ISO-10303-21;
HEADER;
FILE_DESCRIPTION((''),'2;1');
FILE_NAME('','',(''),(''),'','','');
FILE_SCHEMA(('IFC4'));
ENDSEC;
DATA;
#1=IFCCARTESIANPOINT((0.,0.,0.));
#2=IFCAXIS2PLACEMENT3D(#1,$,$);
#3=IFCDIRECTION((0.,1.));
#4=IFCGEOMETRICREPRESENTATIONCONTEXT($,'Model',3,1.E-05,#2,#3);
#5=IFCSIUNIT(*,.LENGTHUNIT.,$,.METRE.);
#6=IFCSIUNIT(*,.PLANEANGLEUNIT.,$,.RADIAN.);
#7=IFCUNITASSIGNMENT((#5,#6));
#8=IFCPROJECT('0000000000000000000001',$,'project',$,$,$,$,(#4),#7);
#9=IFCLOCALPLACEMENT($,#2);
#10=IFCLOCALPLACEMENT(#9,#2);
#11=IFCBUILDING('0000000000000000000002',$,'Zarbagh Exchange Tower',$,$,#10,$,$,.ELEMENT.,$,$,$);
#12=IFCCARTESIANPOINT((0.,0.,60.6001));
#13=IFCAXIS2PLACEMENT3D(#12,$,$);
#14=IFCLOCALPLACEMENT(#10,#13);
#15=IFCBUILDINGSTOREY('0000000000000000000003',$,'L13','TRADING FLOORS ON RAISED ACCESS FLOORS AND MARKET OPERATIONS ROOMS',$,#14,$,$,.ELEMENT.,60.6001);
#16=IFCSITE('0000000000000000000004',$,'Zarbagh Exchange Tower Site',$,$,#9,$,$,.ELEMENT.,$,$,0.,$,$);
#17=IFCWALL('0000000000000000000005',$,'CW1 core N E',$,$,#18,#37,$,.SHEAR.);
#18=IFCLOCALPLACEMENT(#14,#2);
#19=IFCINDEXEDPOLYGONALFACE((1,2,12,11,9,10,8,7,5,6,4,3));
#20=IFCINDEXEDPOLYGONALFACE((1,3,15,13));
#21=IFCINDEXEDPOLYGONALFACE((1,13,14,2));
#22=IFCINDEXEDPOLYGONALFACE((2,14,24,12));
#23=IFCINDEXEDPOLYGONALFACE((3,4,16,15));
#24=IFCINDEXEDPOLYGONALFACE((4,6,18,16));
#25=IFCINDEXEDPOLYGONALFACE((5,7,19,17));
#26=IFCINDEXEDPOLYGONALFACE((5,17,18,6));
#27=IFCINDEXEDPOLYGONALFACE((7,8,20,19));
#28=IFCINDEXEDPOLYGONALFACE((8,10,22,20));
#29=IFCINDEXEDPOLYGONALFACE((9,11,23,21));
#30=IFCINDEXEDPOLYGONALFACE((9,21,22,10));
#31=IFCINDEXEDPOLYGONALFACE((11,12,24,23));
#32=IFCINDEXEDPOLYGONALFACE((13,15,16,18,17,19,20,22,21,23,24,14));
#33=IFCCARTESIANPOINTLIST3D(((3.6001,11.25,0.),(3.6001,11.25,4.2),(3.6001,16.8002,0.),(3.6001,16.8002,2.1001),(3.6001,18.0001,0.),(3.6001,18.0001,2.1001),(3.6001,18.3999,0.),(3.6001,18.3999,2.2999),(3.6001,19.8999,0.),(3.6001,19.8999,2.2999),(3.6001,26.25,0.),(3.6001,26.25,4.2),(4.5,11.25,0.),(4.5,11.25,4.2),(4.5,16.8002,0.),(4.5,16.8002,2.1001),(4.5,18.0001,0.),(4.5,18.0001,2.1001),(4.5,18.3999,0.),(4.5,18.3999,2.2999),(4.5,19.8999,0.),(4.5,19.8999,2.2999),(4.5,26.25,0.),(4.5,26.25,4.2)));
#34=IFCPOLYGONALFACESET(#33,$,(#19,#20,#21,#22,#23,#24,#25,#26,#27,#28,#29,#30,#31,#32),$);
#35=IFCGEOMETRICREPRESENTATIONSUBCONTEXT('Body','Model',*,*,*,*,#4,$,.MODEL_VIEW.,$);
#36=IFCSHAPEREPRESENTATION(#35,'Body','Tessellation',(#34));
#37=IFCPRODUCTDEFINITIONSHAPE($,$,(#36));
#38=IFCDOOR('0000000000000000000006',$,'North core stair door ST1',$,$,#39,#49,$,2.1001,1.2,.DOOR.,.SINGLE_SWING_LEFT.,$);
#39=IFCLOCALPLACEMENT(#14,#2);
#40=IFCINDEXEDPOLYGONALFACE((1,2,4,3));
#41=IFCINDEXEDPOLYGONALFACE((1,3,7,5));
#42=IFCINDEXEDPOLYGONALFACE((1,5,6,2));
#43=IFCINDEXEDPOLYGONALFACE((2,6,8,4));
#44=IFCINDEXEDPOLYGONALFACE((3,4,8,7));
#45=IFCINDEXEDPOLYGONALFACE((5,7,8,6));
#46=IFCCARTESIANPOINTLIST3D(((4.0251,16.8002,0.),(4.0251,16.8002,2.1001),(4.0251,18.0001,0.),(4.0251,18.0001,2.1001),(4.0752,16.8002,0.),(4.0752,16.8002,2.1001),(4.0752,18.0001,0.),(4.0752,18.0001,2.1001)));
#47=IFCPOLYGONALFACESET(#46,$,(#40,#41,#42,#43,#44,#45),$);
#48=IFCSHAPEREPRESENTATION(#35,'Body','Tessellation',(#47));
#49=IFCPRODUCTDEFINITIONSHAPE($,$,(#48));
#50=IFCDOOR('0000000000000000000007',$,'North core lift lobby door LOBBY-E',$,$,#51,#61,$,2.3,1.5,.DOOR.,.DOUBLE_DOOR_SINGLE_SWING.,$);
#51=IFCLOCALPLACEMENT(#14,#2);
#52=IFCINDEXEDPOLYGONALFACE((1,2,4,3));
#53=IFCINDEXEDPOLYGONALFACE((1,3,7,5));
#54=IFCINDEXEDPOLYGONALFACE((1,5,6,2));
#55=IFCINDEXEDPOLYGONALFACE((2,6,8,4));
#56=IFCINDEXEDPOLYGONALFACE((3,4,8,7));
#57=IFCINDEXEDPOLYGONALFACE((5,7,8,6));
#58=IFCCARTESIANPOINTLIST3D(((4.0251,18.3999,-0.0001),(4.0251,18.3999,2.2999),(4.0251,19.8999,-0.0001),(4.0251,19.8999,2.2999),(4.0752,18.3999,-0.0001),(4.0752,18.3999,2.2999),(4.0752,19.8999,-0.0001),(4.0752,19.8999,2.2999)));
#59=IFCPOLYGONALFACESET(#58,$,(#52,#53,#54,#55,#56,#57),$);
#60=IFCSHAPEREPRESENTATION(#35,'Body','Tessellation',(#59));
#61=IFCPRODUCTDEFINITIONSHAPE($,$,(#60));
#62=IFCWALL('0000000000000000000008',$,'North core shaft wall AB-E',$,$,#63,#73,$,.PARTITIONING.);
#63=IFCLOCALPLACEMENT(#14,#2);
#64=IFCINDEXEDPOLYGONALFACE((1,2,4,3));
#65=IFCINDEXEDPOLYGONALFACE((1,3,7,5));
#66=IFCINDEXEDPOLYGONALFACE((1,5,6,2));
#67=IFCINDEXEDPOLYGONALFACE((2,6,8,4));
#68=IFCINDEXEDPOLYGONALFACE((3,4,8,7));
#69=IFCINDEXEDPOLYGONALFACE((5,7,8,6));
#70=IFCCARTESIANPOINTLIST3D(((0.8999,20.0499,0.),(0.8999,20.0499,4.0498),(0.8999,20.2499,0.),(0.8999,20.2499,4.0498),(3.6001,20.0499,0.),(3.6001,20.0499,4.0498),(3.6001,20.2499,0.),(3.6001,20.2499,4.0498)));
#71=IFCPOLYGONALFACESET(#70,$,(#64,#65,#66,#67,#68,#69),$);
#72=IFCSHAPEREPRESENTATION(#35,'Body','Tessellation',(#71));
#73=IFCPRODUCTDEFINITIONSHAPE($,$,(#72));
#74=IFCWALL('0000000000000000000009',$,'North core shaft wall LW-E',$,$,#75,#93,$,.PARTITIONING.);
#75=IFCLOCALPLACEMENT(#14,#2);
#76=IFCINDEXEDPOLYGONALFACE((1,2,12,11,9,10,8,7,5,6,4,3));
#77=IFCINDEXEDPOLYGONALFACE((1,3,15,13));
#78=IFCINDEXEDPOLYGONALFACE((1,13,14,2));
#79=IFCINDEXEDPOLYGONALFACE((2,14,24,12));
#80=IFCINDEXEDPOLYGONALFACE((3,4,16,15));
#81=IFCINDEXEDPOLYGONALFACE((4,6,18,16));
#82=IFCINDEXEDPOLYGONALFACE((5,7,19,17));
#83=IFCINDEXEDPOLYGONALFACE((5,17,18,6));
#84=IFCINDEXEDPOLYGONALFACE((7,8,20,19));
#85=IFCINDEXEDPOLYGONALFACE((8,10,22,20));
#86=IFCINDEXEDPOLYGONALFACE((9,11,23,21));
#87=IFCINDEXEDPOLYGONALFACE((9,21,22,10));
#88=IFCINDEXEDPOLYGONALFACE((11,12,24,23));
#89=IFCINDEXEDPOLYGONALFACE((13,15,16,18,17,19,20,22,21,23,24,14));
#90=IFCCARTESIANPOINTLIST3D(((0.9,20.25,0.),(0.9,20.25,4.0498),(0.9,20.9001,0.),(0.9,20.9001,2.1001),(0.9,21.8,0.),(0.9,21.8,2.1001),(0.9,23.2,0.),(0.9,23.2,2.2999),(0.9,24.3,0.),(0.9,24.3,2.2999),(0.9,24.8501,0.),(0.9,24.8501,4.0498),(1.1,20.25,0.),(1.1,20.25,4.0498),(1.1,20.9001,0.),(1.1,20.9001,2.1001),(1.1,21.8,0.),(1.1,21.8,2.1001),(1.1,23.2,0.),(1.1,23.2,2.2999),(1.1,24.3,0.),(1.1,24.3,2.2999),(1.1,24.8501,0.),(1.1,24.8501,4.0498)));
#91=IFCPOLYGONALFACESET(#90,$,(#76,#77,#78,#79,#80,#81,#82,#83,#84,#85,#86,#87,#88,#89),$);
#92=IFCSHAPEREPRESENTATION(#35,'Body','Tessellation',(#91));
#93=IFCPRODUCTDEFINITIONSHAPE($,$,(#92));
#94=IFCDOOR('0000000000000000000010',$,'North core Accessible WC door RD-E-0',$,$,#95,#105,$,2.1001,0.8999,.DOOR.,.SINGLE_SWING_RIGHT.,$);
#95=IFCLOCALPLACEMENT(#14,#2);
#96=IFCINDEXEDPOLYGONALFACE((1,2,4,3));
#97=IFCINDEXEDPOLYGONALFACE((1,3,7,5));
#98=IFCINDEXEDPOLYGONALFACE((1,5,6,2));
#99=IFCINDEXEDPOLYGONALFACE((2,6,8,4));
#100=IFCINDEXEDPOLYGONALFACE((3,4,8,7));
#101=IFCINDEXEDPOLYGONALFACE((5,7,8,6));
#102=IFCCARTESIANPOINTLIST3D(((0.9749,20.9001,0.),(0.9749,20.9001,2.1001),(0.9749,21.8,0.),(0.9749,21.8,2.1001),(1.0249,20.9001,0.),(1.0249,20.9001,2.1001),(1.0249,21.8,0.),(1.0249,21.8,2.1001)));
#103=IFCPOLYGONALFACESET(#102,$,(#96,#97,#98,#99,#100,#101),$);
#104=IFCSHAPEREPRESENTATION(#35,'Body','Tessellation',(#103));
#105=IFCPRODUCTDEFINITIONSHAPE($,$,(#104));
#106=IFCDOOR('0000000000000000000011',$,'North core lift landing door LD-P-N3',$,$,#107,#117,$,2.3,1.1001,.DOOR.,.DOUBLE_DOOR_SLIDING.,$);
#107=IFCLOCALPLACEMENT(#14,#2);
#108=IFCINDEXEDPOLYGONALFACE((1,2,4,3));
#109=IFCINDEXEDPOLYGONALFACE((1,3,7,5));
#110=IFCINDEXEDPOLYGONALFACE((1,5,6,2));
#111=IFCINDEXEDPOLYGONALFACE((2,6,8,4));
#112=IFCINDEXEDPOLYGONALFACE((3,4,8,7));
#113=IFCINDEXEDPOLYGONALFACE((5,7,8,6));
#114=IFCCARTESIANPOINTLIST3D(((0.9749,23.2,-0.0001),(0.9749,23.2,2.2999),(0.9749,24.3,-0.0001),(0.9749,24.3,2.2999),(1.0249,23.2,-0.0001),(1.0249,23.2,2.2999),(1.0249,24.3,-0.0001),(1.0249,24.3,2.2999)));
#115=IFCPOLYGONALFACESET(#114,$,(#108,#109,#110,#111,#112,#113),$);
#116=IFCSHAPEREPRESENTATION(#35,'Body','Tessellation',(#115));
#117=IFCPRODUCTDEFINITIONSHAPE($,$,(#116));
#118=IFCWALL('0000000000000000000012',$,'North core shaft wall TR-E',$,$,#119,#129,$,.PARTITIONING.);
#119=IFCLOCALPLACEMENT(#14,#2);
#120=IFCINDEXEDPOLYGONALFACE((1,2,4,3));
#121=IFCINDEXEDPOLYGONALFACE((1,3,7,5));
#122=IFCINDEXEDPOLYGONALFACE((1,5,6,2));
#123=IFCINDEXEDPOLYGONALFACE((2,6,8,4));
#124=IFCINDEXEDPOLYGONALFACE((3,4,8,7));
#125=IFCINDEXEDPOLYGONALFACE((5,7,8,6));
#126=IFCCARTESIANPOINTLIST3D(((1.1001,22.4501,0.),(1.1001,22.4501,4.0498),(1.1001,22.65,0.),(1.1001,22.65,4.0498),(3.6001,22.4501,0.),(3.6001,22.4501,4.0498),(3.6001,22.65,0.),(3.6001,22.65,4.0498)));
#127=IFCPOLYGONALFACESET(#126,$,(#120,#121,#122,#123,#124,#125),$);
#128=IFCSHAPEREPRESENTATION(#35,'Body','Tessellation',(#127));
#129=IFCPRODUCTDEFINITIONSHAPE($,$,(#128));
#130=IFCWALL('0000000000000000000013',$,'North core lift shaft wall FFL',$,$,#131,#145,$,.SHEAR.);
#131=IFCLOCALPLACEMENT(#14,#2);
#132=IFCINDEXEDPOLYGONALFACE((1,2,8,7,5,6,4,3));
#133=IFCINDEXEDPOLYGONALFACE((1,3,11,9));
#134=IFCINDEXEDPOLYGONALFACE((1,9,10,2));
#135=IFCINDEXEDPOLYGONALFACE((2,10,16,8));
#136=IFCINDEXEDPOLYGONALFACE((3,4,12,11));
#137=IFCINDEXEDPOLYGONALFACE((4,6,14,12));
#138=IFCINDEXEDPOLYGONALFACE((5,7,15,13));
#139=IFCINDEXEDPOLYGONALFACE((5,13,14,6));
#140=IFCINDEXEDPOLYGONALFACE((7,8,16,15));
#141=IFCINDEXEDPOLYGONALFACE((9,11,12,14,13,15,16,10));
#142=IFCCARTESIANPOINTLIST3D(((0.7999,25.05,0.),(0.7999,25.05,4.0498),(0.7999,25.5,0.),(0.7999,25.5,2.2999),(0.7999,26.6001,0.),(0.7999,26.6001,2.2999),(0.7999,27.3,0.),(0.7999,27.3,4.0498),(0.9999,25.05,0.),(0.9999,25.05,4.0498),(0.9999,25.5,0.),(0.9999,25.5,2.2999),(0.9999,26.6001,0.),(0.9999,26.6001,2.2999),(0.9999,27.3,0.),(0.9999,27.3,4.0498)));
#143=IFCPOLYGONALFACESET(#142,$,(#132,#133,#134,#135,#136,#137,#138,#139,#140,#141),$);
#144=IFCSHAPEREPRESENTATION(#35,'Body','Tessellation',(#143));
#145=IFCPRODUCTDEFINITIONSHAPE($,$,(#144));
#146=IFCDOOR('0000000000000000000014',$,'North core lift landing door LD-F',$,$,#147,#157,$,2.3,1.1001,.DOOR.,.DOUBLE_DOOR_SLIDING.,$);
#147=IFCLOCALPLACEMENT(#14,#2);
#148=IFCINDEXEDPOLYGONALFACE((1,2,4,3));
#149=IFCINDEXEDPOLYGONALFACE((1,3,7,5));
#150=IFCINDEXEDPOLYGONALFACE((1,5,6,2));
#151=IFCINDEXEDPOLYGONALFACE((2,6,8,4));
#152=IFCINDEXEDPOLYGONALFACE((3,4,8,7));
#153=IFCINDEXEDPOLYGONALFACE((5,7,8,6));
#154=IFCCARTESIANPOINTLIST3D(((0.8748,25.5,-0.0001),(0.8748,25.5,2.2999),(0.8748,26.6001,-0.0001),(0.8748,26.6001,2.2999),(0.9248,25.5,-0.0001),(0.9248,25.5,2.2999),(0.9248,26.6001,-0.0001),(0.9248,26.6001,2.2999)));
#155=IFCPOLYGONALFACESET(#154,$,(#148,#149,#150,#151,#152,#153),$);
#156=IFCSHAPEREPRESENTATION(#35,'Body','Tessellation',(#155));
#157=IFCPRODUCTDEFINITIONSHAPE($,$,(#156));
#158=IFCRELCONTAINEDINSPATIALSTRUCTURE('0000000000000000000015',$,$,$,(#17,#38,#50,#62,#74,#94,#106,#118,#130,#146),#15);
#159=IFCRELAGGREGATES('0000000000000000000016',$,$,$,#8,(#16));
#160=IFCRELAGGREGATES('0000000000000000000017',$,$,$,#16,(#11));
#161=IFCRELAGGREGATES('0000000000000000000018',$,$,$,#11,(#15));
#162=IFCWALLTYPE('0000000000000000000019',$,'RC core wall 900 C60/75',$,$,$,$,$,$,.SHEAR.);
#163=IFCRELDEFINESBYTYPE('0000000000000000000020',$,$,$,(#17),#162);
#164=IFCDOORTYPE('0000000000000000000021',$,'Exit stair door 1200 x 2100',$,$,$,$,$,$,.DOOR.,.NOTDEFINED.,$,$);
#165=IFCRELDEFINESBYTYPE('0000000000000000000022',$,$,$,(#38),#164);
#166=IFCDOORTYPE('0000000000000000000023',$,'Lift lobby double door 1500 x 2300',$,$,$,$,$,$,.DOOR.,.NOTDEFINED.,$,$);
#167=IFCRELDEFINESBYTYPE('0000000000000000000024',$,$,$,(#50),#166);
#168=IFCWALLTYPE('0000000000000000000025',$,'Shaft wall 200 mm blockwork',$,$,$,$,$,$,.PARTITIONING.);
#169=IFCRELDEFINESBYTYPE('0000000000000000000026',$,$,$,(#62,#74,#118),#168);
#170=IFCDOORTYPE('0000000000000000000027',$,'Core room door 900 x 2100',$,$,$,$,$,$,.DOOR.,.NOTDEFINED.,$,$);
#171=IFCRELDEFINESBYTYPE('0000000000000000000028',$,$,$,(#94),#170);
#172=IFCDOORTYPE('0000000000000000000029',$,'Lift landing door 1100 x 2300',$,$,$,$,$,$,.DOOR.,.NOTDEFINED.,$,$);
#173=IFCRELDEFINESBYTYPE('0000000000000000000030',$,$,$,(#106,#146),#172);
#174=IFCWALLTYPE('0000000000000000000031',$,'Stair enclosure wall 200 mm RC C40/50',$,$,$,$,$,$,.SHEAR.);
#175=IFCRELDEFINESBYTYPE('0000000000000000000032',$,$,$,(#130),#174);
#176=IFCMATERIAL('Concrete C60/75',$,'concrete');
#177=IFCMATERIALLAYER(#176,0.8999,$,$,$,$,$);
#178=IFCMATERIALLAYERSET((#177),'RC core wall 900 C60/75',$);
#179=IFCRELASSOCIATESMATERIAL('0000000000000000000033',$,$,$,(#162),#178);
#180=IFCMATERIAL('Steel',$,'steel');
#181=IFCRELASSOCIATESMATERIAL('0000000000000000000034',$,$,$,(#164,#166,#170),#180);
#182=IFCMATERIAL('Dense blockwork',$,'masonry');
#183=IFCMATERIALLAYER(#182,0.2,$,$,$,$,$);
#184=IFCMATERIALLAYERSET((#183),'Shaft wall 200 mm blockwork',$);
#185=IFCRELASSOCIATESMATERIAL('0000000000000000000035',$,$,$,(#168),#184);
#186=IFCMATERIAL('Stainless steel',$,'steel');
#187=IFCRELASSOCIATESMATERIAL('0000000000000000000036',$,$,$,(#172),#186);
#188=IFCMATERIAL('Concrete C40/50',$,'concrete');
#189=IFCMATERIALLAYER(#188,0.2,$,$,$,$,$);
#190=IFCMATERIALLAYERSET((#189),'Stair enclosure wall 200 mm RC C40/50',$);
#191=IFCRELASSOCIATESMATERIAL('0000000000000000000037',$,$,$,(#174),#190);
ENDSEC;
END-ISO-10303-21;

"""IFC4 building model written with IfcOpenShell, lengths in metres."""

from ifc_helpers import new_model, si_unit, direction, frame, frame_2d, origin, place, context, subcontext, project, spatial, rectangle, extrude, material, layer, layer_set, type_object, element, fill, save


model = new_model("IFC4")

# Units and contexts
model_context = context("Model", 3, precision=1e-05, world=origin(), true_north=direction((0.0, 1.0)))
body_context = subcontext(model_context, "Body", "Model", "MODEL_VIEW")
ifc_project = project(units=[si_unit("LENGTHUNIT", "METRE"), si_unit("PLANEANGLEUNIT", "RADIAN")], contexts=[model_context])

# Site, building, storey
site_placement = place(None, origin())
site = spatial("IfcSite", under=ifc_project, at=site_placement, Name="Zarbagh Exchange Tower Site", CompositionType="ELEMENT", RefElevation=0.0)
building_placement = place(site_placement, origin())
building = spatial("IfcBuilding", under=site, at=building_placement, Name="Zarbagh Exchange Tower", CompositionType="ELEMENT")
storey_placement = place(building_placement, frame((0.0, 0.0, 60.6001)))
storey = spatial("IfcBuildingStorey", under=building, at=storey_placement, Name="L13", Description="TRADING FLOORS ON RAISED ACCESS FLOORS AND MARKET OPERATIONS ROOMS", CompositionType="ELEMENT", Elevation=60.6001)

# Shared definitions
ifc_material_1 = material(Name="Concrete C60/75", Category="concrete")

# Wall, openings, doors
ifc_layer_1 = layer(ifc_material_1, 0.8999)
ifc_layer_set_1 = layer_set([ifc_layer_1], Name="RC core wall 900 C60/75")
wall_type_1 = type_object("IfcWallType", Name="RC core wall 900 C60/75", PredefinedType="SHEAR", material=ifc_layer_set_1)
wall_1_placement = place(storey_placement, frame((4.05, 11.25, 0.0), z_axis=(0.0, 0.0, 1.0), x_axis=(0.0, 1.0, 0.0)))
wall_1 = element("IfcWall", 1, at=wall_1_placement, inside=storey, type_object=wall_type_1, Name="CW1 core N E", PredefinedType="SHEAR", context=body_context, shape_type="SweptSolid", body=[
    extrude(rectangle(XDim=15.0, YDim=0.8999, at=frame_2d((7.5, 0.0))), origin(), (0.0, 0.0, 1.0), 4.2),
])
opening_1_placement = place(wall_1_placement, frame((7.1499, 0.0, 0.0)))
opening_1 = element("IfcOpeningElement", 2, at=opening_1_placement, cuts=wall_1, PredefinedType="OPENING", context=body_context, shape_type="SweptSolid", body=[
    extrude(rectangle(XDim=1.5, YDim=2.3, at=frame_2d((0.75, 1.1499))), frame((0.0, 0.46, 0.0), z_axis=(0.0, -1.0, 0.0), x_axis=(1.0, 0.0, 0.0)), (0.0, 0.0, 1.0), 0.9199),
])
opening_2_placement = place(wall_1_placement, frame((5.55, 0.0, 0.0)))
opening_2 = element("IfcOpeningElement", 3, at=opening_2_placement, cuts=wall_1, PredefinedType="OPENING", context=body_context, shape_type="SweptSolid", body=[
    extrude(rectangle(XDim=1.2, YDim=2.1001, at=frame_2d((0.6001, 1.05))), frame((0.0, 0.46, 0.0), z_axis=(0.0, -1.0, 0.0), x_axis=(1.0, 0.0, 0.0)), (0.0, 0.0, 1.0), 0.9199),
])
ifc_material_2 = material(Name="Steel", Category="steel")
door_type_1 = type_object("IfcDoorType", Name="Exit stair door 1200 x 2100", OperationType="NOTDEFINED", PredefinedType="DOOR", material=ifc_material_2)
door_1_placement = place(opening_2_placement, origin())
door_1 = element("IfcDoor", 4, at=door_1_placement, inside=storey, type_object=door_type_1, Name="North core stair door ST1", OperationType="SINGLE_SWING_LEFT", OverallHeight=2.1001, OverallWidth=1.2, PredefinedType="DOOR", context=body_context, shape_type="SweptSolid", body=[
    extrude(rectangle(XDim=1.2, YDim=2.1001, at=frame_2d((0.6001, 1.05))), frame((0.0, 0.0249, 0.0), z_axis=(0.0, -1.0, 0.0), x_axis=(1.0, 0.0, 0.0)), (0.0, 0.0, 1.0), 0.05),
])
fill(opening_2, door_1)
door_type_2 = type_object("IfcDoorType", Name="Lift lobby double door 1500 x 2300", OperationType="NOTDEFINED", PredefinedType="DOOR", material=ifc_material_2)
door_2_placement = place(opening_1_placement, origin())
door_2 = element("IfcDoor", 5, at=door_2_placement, inside=storey, type_object=door_type_2, Name="North core lift lobby door LOBBY-E", OperationType="DOUBLE_DOOR_SINGLE_SWING", OverallHeight=2.3, OverallWidth=1.5, PredefinedType="DOOR", context=body_context, shape_type="SweptSolid", body=[
    extrude(rectangle(XDim=1.5, YDim=2.3, at=frame_2d((0.75, 1.1499))), frame((0.0, 0.0249, 0.0), z_axis=(0.0, -1.0, 0.0), x_axis=(1.0, 0.0, 0.0)), (0.0, 0.0, 1.0), 0.05),
])
fill(opening_1, door_2)

# Wall
ifc_material_3 = material(Name="Dense blockwork", Category="masonry")
ifc_layer_2 = layer(ifc_material_3, 0.2)
ifc_layer_set_2 = layer_set([ifc_layer_2], Name="Shaft wall 200 mm blockwork")
wall_type_2 = type_object("IfcWallType", Name="Shaft wall 200 mm blockwork", PredefinedType="PARTITIONING", material=ifc_layer_set_2)
wall_2_placement = place(storey_placement, frame((0.8999, 20.1499, 0.0), z_axis=(0.0, 0.0, 1.0), x_axis=(1.0, 0.0, 0.0)))
element("IfcWall", 6, at=wall_2_placement, inside=storey, type_object=wall_type_2, Name="North core shaft wall AB-E", PredefinedType="PARTITIONING", context=body_context, shape_type="SweptSolid", body=[
    extrude(rectangle(XDim=2.7002, YDim=0.2, at=frame_2d((1.3501, 0.0))), origin(), (0.0, 0.0, 1.0), 4.0498),
])

# Wall, openings, doors
wall_3_placement = place(storey_placement, frame((1.0, 24.8501, 0.0), z_axis=(0.0, 0.0, 1.0), x_axis=(0.0, -1.0, 0.0)))
wall_3 = element("IfcWall", 7, at=wall_3_placement, inside=storey, type_object=wall_type_2, Name="North core shaft wall LW-E", PredefinedType="PARTITIONING", context=body_context, shape_type="SweptSolid", body=[
    extrude(rectangle(XDim=4.6001, YDim=0.2, at=frame_2d((2.3, 0.0))), origin(), (0.0, 0.0, 1.0), 4.0498),
])
opening_3_placement = place(wall_3_placement, frame((0.55, 0.0, 0.0)))
opening_3 = element("IfcOpeningElement", 8, at=opening_3_placement, cuts=wall_3, PredefinedType="OPENING", context=body_context, shape_type="SweptSolid", body=[
    extrude(rectangle(XDim=1.1001, YDim=2.3, at=frame_2d((0.55, 1.1499))), frame((0.0, 0.1099, 0.0), z_axis=(0.0, -1.0, 0.0), x_axis=(1.0, 0.0, 0.0)), (0.0, 0.0, 1.0), 0.22),
])
opening_4_placement = place(wall_3_placement, frame((3.05, 0.0, 0.0)))
opening_4 = element("IfcOpeningElement", 9, at=opening_4_placement, cuts=wall_3, PredefinedType="OPENING", context=body_context, shape_type="SweptSolid", body=[
    extrude(rectangle(XDim=0.8999, YDim=2.1001, at=frame_2d((0.45, 1.05))), frame((0.0, 0.1099, 0.0), z_axis=(0.0, -1.0, 0.0), x_axis=(1.0, 0.0, 0.0)), (0.0, 0.0, 1.0), 0.22),
])
door_type_3 = type_object("IfcDoorType", Name="Core room door 900 x 2100", OperationType="NOTDEFINED", PredefinedType="DOOR", material=ifc_material_2)
door_3_placement = place(opening_4_placement, origin())
door_3 = element("IfcDoor", 10, at=door_3_placement, inside=storey, type_object=door_type_3, Name="North core Accessible WC door RD-E-0", OperationType="SINGLE_SWING_RIGHT", OverallHeight=2.1001, OverallWidth=0.8999, PredefinedType="DOOR", context=body_context, shape_type="SweptSolid", body=[
    extrude(rectangle(XDim=0.8999, YDim=2.1001, at=frame_2d((0.45, 1.05))), frame((0.0, 0.0249, 0.0), z_axis=(0.0, -1.0, 0.0), x_axis=(1.0, 0.0, 0.0)), (0.0, 0.0, 1.0), 0.05),
])
fill(opening_4, door_3)
ifc_material_4 = material(Name="Stainless steel", Category="steel")
door_type_4 = type_object("IfcDoorType", Name="Lift landing door 1100 x 2300", OperationType="NOTDEFINED", PredefinedType="DOOR", material=ifc_material_4)
door_4_placement = place(opening_3_placement, origin())
door_4 = element("IfcDoor", 11, at=door_4_placement, inside=storey, type_object=door_type_4, Name="North core lift landing door LD-P-N3", OperationType="DOUBLE_DOOR_SLIDING", OverallHeight=2.3, OverallWidth=1.1001, PredefinedType="DOOR", context=body_context, shape_type="SweptSolid", body=[
    extrude(rectangle(XDim=1.1001, YDim=2.3, at=frame_2d((0.55, 1.1499))), frame((0.0, 0.0249, 0.0), z_axis=(0.0, -1.0, 0.0), x_axis=(1.0, 0.0, 0.0)), (0.0, 0.0, 1.0), 0.05),
])
fill(opening_3, door_4)

# Wall
wall_4_placement = place(storey_placement, frame((1.1001, 22.55, 0.0), z_axis=(0.0, 0.0, 1.0), x_axis=(1.0, 0.0, 0.0)))
element("IfcWall", 12, at=wall_4_placement, inside=storey, type_object=wall_type_2, Name="North core shaft wall TR-E", PredefinedType="PARTITIONING", context=body_context, shape_type="SweptSolid", body=[
    extrude(rectangle(XDim=2.5, YDim=0.2, at=frame_2d((1.25, 0.0))), origin(), (0.0, 0.0, 1.0), 4.0498),
])

# Wall, opening, door
ifc_material_5 = material(Name="Concrete C40/50", Category="concrete")
ifc_layer_3 = layer(ifc_material_5, 0.2)
ifc_layer_set_3 = layer_set([ifc_layer_3], Name="Stair enclosure wall 200 mm RC C40/50")
wall_type_3 = type_object("IfcWallType", Name="Stair enclosure wall 200 mm RC C40/50", PredefinedType="SHEAR", material=ifc_layer_set_3)
wall_5_placement = place(storey_placement, frame((0.8999, 27.3, 0.0), z_axis=(0.0, 0.0, 1.0), x_axis=(0.0, -1.0, 0.0)))
wall_5 = element("IfcWall", 13, at=wall_5_placement, inside=storey, type_object=wall_type_3, Name="North core lift shaft wall FFL", PredefinedType="SHEAR", context=body_context, shape_type="SweptSolid", body=[
    extrude(rectangle(XDim=2.25, YDim=0.2, at=frame_2d((1.125, 0.0))), origin(), (0.0, 0.0, 1.0), 4.0498),
])
opening_5_placement = place(wall_5_placement, frame((0.7, 0.0, 0.0)))
opening_5 = element("IfcOpeningElement", 14, at=opening_5_placement, cuts=wall_5, PredefinedType="OPENING", context=body_context, shape_type="SweptSolid", body=[
    extrude(rectangle(XDim=1.1001, YDim=2.3, at=frame_2d((0.55, 1.1499))), frame((0.0, 0.1099, 0.0), z_axis=(0.0, -1.0, 0.0), x_axis=(1.0, 0.0, 0.0)), (0.0, 0.0, 1.0), 0.22),
])
door_5_placement = place(opening_5_placement, origin())
door_5 = element("IfcDoor", 15, at=door_5_placement, inside=storey, type_object=door_type_4, Name="North core lift landing door LD-F", OperationType="DOUBLE_DOOR_SLIDING", OverallHeight=2.3, OverallWidth=1.1001, PredefinedType="DOOR", context=body_context, shape_type="SweptSolid", body=[
    extrude(rectangle(XDim=1.1001, YDim=2.3, at=frame_2d((0.55, 1.1499))), frame((0.0, 0.0249, 0.0), z_axis=(0.0, -1.0, 0.0), x_axis=(1.0, 0.0, 0.0)), (0.0, 0.0, 1.0), 0.05),
])
fill(opening_5, door_5)

save(model, "model.ifc")
